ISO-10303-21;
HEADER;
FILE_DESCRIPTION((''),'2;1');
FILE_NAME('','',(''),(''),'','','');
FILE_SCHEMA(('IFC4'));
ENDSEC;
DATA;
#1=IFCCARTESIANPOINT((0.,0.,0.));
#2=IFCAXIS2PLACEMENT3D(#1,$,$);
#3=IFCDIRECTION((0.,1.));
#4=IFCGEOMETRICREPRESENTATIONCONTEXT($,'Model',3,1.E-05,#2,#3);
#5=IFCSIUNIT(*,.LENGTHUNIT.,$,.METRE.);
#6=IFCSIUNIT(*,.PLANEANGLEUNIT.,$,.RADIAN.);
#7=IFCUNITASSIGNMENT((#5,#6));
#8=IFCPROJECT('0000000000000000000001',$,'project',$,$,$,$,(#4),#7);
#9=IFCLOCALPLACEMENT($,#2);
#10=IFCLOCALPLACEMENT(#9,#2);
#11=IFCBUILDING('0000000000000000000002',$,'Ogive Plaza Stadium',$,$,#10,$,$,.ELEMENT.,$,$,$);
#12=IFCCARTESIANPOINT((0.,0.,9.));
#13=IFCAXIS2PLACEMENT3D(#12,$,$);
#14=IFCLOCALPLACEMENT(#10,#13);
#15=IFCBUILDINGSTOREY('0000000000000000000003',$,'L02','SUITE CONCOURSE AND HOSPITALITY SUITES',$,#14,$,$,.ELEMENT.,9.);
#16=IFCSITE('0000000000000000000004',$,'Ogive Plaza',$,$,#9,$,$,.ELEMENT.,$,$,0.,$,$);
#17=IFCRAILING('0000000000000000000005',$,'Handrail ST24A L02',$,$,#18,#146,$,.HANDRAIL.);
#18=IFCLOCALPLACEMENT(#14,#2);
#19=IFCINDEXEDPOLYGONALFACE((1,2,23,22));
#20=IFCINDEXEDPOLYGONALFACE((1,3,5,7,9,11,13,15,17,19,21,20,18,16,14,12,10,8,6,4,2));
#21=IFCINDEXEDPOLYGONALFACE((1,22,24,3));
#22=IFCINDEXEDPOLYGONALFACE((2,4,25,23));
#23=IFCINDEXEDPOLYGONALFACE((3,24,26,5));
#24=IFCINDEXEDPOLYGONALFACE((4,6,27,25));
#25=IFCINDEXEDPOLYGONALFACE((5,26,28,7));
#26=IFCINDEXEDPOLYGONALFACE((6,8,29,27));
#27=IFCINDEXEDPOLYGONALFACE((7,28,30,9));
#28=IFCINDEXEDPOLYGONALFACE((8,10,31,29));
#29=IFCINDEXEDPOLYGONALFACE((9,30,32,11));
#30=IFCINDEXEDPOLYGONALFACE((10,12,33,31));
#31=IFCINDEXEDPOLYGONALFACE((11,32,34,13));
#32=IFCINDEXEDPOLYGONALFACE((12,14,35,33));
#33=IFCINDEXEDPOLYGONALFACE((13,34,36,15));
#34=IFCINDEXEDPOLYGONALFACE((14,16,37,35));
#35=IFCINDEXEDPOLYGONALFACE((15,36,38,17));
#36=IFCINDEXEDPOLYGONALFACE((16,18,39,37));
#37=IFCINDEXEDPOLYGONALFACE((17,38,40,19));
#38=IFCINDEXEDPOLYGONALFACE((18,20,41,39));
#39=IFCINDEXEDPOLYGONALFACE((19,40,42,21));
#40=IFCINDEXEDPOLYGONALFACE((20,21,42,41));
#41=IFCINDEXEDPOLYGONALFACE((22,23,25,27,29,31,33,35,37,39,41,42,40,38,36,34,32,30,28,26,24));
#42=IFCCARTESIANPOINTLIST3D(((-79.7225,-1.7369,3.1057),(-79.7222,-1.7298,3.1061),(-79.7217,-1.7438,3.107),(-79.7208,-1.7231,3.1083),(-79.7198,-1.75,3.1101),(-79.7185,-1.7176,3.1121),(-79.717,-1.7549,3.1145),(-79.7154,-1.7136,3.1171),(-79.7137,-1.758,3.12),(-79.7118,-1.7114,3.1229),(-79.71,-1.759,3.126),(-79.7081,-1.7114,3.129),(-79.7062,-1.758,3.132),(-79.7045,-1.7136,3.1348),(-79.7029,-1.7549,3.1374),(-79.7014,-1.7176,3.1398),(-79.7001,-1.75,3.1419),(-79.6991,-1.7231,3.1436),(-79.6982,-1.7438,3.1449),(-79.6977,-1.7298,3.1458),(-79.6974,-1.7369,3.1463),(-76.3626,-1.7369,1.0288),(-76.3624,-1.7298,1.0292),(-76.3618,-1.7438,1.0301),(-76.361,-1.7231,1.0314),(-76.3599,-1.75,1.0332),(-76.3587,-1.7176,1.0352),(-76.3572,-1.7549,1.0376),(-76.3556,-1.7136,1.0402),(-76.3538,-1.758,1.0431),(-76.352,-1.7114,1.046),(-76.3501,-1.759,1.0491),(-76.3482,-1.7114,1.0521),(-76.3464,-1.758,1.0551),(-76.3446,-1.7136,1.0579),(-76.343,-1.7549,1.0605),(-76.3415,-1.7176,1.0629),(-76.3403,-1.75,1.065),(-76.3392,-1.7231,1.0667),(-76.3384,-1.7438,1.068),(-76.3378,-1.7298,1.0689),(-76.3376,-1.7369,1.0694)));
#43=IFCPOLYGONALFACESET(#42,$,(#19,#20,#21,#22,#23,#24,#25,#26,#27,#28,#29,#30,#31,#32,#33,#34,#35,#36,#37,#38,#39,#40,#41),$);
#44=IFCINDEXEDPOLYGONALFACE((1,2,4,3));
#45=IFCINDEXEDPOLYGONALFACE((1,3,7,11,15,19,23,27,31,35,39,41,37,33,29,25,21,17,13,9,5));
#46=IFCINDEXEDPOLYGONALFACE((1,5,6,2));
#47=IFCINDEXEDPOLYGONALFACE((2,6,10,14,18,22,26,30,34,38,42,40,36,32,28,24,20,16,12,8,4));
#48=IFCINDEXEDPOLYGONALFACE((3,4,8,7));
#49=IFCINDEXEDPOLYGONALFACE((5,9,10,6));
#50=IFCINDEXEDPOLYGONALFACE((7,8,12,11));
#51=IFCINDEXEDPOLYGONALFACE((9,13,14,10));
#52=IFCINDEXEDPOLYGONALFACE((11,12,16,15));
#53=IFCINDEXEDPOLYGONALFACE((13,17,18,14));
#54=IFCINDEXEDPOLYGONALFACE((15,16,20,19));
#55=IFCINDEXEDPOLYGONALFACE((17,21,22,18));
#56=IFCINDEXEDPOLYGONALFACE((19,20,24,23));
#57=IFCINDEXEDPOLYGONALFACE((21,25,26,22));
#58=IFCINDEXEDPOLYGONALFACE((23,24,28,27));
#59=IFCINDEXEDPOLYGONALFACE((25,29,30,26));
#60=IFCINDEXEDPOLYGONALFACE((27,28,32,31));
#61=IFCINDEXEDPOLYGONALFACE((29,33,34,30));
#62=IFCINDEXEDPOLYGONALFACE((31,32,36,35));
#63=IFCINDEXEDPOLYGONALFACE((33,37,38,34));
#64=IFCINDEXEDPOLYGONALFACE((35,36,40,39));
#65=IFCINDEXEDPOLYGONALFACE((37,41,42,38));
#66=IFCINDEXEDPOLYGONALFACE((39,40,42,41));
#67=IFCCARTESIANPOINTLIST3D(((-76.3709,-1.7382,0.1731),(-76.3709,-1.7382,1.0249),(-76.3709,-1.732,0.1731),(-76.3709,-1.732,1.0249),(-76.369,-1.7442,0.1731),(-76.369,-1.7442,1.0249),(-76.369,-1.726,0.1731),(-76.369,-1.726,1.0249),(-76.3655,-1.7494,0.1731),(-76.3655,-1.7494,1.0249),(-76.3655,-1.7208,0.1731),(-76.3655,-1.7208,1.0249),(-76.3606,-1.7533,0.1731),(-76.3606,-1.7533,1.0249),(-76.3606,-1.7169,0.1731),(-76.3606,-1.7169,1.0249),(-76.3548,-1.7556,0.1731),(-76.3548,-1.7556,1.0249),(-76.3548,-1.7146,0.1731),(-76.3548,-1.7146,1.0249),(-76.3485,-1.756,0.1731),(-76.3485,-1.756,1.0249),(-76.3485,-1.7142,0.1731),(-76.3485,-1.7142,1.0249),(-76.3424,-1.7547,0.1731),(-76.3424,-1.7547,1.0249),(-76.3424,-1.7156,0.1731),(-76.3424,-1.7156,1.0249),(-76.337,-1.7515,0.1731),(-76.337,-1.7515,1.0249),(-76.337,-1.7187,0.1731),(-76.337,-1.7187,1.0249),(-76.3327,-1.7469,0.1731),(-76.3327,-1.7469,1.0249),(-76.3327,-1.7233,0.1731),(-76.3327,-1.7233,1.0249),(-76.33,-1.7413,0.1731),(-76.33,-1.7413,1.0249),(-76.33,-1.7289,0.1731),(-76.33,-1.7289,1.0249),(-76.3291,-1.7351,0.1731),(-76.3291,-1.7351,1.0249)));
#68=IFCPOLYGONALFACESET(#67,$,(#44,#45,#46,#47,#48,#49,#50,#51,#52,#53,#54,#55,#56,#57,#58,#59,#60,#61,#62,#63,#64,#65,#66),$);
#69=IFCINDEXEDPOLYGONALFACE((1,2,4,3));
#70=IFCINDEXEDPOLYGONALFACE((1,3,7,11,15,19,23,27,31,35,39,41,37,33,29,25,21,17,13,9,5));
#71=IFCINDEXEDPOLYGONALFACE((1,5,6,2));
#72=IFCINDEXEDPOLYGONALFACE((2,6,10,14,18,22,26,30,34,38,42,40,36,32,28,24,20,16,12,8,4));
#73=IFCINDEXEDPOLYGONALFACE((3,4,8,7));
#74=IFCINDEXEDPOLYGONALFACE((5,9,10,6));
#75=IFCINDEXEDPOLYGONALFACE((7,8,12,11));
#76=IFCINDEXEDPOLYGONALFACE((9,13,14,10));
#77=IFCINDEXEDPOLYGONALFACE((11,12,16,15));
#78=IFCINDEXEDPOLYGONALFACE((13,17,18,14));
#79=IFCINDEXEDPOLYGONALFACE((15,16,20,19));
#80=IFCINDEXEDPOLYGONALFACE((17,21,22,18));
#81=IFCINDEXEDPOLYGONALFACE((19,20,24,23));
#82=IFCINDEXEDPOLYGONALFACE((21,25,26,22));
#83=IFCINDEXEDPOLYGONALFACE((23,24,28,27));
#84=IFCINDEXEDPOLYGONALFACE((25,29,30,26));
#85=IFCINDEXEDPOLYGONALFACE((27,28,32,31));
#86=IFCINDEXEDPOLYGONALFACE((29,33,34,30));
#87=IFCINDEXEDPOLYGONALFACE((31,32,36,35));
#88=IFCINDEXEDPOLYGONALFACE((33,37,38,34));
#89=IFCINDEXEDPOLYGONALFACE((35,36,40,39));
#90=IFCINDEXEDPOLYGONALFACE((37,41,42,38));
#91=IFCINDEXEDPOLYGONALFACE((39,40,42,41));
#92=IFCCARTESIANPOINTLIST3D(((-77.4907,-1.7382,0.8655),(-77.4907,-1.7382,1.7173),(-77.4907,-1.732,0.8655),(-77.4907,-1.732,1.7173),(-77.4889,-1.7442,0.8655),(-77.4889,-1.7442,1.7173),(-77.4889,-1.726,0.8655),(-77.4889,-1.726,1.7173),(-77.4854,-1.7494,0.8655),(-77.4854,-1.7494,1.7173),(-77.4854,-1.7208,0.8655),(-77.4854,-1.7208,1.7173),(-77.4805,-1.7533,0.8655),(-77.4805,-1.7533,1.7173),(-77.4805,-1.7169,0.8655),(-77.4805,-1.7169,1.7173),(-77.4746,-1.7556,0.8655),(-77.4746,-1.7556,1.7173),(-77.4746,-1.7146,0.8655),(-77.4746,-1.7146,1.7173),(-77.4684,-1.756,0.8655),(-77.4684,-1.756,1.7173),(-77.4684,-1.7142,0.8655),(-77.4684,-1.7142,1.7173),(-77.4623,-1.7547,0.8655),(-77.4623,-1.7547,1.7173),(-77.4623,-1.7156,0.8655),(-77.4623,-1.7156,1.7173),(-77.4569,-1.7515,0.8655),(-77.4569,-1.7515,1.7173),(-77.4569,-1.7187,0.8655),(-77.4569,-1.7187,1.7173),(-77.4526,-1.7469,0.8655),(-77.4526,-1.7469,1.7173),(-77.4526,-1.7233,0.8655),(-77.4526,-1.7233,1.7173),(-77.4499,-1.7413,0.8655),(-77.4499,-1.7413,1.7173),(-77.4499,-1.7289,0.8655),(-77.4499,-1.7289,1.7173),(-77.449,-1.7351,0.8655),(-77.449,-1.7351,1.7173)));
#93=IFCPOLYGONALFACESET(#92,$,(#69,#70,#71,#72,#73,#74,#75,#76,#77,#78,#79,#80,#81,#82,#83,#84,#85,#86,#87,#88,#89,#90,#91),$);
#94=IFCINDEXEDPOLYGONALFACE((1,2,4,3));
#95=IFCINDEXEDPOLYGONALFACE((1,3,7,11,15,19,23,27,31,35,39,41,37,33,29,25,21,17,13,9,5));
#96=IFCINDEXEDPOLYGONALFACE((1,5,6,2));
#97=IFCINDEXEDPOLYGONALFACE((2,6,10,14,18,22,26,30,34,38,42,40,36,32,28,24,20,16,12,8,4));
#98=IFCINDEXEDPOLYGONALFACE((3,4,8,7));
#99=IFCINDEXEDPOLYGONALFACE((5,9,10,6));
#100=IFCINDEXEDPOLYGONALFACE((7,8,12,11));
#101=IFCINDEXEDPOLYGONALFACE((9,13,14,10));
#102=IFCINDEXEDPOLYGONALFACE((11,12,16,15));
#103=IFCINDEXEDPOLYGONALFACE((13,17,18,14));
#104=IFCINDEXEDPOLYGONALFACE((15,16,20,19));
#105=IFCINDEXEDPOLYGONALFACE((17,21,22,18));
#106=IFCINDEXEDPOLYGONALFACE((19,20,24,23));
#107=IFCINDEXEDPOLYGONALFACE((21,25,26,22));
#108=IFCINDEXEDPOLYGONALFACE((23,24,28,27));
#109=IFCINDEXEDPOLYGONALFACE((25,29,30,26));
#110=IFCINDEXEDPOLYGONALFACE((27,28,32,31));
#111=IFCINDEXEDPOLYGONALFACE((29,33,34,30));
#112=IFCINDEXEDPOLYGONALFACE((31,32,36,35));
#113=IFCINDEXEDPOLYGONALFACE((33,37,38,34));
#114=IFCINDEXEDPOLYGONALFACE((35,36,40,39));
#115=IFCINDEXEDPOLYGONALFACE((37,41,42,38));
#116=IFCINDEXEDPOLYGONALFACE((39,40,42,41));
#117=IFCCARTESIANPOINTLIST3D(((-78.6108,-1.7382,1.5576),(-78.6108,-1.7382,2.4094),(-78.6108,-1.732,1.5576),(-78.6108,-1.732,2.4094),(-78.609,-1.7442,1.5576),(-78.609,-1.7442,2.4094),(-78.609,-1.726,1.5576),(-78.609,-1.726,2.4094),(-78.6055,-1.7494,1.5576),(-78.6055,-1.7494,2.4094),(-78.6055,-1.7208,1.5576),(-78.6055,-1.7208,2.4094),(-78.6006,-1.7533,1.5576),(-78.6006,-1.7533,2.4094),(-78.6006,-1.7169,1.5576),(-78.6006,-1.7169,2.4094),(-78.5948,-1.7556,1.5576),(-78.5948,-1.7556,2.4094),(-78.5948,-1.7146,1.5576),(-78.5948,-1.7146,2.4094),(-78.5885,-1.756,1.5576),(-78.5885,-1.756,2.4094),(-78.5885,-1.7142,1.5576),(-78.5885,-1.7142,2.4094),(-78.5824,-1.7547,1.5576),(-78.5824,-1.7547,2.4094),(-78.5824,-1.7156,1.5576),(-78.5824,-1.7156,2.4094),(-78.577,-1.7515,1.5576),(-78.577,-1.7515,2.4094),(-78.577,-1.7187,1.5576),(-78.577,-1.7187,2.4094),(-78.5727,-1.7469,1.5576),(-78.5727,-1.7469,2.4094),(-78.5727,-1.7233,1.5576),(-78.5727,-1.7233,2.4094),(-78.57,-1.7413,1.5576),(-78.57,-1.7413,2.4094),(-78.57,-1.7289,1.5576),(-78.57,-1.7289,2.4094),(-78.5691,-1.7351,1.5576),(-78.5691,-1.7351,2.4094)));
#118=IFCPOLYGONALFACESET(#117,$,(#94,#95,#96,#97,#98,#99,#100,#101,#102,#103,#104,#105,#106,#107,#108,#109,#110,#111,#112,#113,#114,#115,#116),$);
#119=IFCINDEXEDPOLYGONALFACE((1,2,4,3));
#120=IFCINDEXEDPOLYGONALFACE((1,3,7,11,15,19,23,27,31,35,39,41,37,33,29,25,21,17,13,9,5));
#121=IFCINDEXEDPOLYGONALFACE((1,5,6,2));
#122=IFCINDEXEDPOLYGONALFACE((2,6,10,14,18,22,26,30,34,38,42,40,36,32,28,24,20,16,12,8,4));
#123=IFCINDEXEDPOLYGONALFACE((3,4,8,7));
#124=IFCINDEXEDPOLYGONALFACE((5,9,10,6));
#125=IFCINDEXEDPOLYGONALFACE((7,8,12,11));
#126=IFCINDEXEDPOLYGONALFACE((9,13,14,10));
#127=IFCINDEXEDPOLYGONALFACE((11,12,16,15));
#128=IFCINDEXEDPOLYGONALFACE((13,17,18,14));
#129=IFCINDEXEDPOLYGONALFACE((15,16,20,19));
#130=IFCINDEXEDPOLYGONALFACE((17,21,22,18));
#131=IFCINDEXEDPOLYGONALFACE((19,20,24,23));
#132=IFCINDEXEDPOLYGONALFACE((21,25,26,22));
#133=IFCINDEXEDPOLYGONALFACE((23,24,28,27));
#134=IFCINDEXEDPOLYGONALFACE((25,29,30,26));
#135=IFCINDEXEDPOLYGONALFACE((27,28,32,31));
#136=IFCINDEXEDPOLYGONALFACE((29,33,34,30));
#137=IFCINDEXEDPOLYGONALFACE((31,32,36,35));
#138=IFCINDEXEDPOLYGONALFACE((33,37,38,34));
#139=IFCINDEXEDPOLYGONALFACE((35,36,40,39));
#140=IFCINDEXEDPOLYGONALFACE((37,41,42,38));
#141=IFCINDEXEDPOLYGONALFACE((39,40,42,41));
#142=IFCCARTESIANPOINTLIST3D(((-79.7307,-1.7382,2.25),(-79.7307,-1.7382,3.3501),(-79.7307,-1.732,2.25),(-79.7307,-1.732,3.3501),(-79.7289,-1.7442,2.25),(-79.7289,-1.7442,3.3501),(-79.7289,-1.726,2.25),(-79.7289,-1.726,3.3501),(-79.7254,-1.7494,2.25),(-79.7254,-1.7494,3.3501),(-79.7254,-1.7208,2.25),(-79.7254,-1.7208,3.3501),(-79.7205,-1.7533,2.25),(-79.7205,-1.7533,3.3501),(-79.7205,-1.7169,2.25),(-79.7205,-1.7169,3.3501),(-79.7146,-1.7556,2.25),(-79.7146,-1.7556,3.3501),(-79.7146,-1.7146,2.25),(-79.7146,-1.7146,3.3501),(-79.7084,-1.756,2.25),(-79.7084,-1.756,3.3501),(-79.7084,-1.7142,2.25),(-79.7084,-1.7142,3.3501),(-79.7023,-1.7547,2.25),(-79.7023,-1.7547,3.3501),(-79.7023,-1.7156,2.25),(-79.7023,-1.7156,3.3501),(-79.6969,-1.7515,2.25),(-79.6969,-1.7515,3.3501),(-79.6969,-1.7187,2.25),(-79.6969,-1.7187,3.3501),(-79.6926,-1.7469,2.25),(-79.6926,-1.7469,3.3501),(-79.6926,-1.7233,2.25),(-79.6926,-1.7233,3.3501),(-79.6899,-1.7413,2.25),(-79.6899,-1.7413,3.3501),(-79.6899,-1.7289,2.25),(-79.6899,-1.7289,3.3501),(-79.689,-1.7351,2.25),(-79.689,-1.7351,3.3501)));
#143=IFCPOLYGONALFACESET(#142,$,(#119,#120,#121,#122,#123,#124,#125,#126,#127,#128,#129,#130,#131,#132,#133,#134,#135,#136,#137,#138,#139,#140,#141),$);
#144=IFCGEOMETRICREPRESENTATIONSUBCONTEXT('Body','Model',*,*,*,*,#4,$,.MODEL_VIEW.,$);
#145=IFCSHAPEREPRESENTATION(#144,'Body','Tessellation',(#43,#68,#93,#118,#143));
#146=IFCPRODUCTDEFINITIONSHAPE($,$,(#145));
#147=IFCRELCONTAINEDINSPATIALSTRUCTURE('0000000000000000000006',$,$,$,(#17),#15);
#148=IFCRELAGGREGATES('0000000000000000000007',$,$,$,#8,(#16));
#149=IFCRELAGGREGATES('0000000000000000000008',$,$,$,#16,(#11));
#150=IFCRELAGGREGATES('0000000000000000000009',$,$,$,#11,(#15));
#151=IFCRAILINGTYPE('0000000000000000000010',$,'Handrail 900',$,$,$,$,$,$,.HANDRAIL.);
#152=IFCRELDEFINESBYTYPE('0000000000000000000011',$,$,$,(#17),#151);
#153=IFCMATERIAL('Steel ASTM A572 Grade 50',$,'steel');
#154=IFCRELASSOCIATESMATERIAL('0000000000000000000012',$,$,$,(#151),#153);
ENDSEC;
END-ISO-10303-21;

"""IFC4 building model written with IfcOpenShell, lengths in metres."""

from ifc_helpers import new_model, si_unit, direction, frame, origin, origin_2d, place, context, subcontext, project, spatial, circle, extrude, material, type_object, element, save


model = new_model("IFC4")

# Units and contexts
model_context = context("Model", 3, precision=1e-05, world=origin(), true_north=direction((0.0, 1.0)))
body_context = subcontext(model_context, "Body", "Model", "MODEL_VIEW")
ifc_project = project(units=[si_unit("LENGTHUNIT", "METRE"), si_unit("PLANEANGLEUNIT", "RADIAN")], contexts=[model_context])

# Site, building, storey
site_placement = place(None, origin())
site = spatial("IfcSite", under=ifc_project, at=site_placement, Name="Ogive Plaza", CompositionType="ELEMENT", RefElevation=0.0)
building_placement = place(site_placement, origin())
building = spatial("IfcBuilding", under=site, at=building_placement, Name="Ogive Plaza Stadium", CompositionType="ELEMENT")
storey_placement = place(building_placement, frame((0.0, 0.0, 9.0)))
storey = spatial("IfcBuildingStorey", under=building, at=storey_placement, Name="L02", Description="SUITE CONCOURSE AND HOSPITALITY SUITES", CompositionType="ELEMENT", Elevation=9.0)

# Railing
ifc_material_1 = material(Name="Steel ASTM A572 Grade 50", Category="steel")
railing_type_1 = type_object("IfcRailingType", Name="Handrail 900", PredefinedType="HANDRAIL", material=ifc_material_1)
for number, where, name in (
    (1, (-76.3501, -1.7351, 0.1731), "Handrail ST24A L02"),
):
    element("IfcRailing", number, at=place(storey_placement, frame(where)), inside=storey, type_object=railing_type_1, Name=name, PredefinedType="HANDRAIL", context=body_context, shape_type="SweptSolid", body=[
        extrude(circle(Radius=0.0239, at=origin_2d()), frame((0.0, 0.0, 0.876), z_axis=(-0.850606, 0.0, 0.525803), x_axis=(0.0, -1.0, 0.0)), (0.0, 0.0, 1.0), 3.95),
        extrude(circle(Radius=0.021, at=origin_2d()), origin(), (0.0, 0.0, 1.0), 0.8518),
        extrude(circle(Radius=0.021, at=origin_2d()), frame((-1.1199, 0.0, 0.6924)), (0.0, 0.0, 1.0), 0.8518),
        extrude(circle(Radius=0.021, at=origin_2d()), frame((-2.24, 0.0, 1.3845)), (0.0, 0.0, 1.0), 0.8518),
        extrude(circle(Radius=0.021, at=origin_2d()), frame((-3.3599, 0.0, 2.0769)), (0.0, 0.0, 1.0), 1.1001),
    ])

save(model, "model.ifc")
